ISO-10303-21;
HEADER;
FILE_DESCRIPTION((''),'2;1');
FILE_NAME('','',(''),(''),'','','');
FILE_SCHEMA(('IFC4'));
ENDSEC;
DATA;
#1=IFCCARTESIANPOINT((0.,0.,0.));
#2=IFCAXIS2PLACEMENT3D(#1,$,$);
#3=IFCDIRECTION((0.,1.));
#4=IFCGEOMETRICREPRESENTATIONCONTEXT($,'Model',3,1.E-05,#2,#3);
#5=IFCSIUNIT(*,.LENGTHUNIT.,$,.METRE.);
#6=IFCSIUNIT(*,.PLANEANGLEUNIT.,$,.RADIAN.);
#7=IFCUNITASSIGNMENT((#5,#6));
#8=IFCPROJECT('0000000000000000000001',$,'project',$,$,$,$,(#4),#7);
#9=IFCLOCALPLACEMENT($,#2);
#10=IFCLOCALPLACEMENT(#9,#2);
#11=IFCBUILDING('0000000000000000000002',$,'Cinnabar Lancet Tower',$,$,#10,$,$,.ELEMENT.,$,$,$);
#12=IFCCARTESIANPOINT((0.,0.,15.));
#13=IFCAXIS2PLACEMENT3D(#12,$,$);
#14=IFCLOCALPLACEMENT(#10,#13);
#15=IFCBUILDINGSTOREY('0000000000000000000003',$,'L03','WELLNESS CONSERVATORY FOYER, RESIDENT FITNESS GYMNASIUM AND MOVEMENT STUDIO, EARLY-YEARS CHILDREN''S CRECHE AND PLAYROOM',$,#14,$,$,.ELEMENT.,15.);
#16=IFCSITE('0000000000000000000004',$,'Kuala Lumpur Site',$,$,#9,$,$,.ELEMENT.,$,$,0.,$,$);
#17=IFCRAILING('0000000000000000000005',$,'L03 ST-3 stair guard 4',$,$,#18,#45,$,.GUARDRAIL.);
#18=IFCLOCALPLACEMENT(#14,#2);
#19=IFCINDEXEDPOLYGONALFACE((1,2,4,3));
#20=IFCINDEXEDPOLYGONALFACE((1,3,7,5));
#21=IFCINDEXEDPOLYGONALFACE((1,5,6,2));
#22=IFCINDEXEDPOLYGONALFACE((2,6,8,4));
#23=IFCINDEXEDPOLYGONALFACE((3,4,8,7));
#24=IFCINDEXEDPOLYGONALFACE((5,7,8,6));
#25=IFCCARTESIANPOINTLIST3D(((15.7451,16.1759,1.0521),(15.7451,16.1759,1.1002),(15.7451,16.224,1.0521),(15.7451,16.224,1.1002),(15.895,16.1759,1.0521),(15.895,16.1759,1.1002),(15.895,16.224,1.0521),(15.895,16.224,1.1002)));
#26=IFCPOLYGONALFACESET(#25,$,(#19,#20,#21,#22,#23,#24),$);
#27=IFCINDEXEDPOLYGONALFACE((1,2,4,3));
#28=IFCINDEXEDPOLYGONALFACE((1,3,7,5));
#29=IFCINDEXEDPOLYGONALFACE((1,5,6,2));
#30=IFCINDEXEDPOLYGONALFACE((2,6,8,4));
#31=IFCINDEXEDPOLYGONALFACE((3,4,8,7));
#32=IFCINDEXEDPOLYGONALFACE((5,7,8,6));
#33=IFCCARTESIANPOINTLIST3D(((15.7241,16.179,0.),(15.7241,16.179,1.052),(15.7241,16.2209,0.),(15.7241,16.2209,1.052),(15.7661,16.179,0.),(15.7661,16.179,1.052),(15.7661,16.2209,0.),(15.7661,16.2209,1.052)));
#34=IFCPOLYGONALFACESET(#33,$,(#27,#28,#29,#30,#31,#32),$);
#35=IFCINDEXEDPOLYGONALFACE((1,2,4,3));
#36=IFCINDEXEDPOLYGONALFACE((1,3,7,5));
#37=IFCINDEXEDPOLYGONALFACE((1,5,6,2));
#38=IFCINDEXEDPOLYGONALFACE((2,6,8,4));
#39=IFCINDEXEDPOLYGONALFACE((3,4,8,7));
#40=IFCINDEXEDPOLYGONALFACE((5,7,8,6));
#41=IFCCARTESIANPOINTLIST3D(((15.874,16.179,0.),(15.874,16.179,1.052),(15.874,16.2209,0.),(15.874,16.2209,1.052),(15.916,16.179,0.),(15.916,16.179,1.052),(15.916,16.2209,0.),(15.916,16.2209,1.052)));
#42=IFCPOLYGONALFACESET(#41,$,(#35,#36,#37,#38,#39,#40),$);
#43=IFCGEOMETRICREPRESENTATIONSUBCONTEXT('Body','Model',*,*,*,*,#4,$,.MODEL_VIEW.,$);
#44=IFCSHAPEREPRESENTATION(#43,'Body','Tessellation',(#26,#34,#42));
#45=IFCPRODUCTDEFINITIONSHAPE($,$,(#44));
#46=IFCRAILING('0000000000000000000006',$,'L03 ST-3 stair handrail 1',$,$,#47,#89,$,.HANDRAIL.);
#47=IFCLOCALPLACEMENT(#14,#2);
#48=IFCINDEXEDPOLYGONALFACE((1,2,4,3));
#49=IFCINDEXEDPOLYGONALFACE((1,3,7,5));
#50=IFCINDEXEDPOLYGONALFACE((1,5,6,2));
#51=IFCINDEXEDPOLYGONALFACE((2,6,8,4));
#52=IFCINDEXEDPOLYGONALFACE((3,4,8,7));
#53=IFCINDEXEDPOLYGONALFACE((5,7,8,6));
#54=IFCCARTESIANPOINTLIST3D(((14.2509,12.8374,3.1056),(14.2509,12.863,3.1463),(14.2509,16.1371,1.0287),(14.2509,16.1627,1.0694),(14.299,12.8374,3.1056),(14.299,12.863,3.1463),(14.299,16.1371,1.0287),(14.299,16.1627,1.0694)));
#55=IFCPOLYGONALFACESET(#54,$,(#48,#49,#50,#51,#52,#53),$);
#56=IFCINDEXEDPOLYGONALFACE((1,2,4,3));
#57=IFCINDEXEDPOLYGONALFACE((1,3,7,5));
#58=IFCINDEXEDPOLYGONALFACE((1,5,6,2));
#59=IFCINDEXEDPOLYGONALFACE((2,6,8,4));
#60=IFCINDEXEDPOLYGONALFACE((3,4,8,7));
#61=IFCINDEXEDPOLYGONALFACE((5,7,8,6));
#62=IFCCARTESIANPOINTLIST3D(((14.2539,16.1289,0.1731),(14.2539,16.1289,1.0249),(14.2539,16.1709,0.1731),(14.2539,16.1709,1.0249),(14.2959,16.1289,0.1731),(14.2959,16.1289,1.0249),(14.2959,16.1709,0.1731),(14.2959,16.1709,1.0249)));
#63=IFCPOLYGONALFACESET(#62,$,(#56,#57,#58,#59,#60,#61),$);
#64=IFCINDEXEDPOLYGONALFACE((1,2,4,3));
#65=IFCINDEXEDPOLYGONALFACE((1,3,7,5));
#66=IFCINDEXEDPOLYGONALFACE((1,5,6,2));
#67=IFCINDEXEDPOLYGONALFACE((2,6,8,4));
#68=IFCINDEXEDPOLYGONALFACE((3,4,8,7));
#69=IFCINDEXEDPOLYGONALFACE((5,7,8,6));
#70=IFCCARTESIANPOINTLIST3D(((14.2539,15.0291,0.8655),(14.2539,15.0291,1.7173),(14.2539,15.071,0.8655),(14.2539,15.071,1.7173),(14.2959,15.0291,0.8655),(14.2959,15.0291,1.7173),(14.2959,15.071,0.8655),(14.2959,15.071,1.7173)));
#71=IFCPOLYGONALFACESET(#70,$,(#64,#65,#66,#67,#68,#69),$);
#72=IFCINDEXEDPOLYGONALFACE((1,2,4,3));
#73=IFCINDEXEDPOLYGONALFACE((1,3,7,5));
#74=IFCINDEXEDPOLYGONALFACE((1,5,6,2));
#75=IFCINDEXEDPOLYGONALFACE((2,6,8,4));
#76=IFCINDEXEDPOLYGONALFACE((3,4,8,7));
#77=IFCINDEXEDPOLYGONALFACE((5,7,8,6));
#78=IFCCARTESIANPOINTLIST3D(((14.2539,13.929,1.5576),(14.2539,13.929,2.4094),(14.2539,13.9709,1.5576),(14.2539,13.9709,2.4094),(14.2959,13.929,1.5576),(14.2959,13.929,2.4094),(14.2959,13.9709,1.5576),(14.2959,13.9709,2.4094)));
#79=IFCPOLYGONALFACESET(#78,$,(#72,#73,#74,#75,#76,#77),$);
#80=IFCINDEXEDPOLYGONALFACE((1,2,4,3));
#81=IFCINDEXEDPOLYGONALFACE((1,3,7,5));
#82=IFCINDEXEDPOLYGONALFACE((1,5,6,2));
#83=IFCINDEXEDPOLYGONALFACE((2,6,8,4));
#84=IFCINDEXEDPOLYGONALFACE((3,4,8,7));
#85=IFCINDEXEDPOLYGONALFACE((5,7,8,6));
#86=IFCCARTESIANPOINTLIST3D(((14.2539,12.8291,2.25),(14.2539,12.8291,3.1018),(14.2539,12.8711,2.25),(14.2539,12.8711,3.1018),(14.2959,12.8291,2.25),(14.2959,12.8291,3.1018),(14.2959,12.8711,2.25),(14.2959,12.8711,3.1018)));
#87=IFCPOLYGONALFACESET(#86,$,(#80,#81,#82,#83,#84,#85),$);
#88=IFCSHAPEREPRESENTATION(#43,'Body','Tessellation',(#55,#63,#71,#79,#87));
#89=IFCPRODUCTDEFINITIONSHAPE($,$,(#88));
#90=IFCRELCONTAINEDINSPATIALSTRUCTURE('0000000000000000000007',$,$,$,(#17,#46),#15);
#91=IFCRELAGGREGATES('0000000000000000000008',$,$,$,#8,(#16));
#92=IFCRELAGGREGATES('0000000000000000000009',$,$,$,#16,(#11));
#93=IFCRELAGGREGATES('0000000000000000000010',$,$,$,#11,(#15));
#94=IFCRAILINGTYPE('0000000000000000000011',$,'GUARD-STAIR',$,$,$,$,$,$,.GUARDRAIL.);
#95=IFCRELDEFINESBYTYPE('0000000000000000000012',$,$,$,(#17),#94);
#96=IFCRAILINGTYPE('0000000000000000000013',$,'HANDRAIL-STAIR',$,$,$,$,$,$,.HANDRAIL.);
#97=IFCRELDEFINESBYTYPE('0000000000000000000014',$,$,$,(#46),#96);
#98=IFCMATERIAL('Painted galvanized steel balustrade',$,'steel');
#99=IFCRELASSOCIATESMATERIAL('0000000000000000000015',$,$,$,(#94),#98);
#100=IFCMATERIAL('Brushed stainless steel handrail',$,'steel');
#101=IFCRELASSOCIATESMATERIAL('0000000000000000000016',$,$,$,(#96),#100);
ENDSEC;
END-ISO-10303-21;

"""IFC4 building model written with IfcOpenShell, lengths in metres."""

from ifc_helpers import new_model, si_unit, direction, frame, origin, origin_2d, place, context, subcontext, project, spatial, rectangle, extrude, material, type_object, element, save


model = new_model("IFC4")

# Units and contexts
model_context = context("Model", 3, precision=1e-05, world=origin(), true_north=direction((0.0, 1.0)))
body_context = subcontext(model_context, "Body", "Model", "MODEL_VIEW")
ifc_project = project(units=[si_unit("LENGTHUNIT", "METRE"), si_unit("PLANEANGLEUNIT", "RADIAN")], contexts=[model_context])

# Site, building, storey
site_placement = place(None, origin())
site = spatial("IfcSite", under=ifc_project, at=site_placement, Name="Kuala Lumpur Site", CompositionType="ELEMENT", RefElevation=0.0)
building_placement = place(site_placement, origin())
building = spatial("IfcBuilding", under=site, at=building_placement, Name="Cinnabar Lancet Tower", CompositionType="ELEMENT")
storey_placement = place(building_placement, frame((0.0, 0.0, 15.0)))
storey = spatial("IfcBuildingStorey", under=building, at=storey_placement, Name="L03", Description="WELLNESS CONSERVATORY FOYER, RESIDENT FITNESS GYMNASIUM AND MOVEMENT STUDIO, EARLY-YEARS CHILDREN'S CRECHE AND PLAYROOM", CompositionType="ELEMENT", Elevation=15.0)

# Railings
ifc_material_1 = material(Name="Painted galvanized steel balustrade", Category="steel")
railing_type_1 = type_object("IfcRailingType", Name="GUARD-STAIR", PredefinedType="GUARDRAIL", material=ifc_material_1)
for number, where, name in (
    (1, (15.7451, 16.2, 0.0), "L03 ST-3 stair guard 4"),
):
    element("IfcRailing", number, at=place(storey_placement, frame(where)), inside=storey, type_object=railing_type_1, Name=name, PredefinedType="GUARDRAIL", context=body_context, shape_type="SweptSolid", body=[
        extrude(rectangle(XDim=0.0481, YDim=0.0481, at=origin_2d()), frame((0.0, 0.0, 1.0762), z_axis=(1.0, 0.0, 0.0), x_axis=(0.0, 1.0, 0.0)), (0.0, 0.0, 1.0), 0.1499),
        extrude(rectangle(XDim=0.042, YDim=0.042, at=origin_2d()), origin(), (0.0, 0.0, 1.0), 1.052),
        extrude(rectangle(XDim=0.042, YDim=0.042, at=origin_2d()), frame((0.1499, 0.0, 0.0)), (0.0, 0.0, 1.0), 1.052),
    ])
ifc_material_2 = material(Name="Brushed stainless steel handrail", Category="steel")
railing_type_2 = type_object("IfcRailingType", Name="HANDRAIL-STAIR", PredefinedType="HANDRAIL", material=ifc_material_2)
railing_1_placement = place(storey_placement, frame((14.2749, 16.1499, 0.1731)))
element("IfcRailing", 2, at=railing_1_placement, inside=storey, type_object=railing_type_2, Name="L03 ST-3 stair handrail 1", PredefinedType="HANDRAIL", context=body_context, shape_type="SweptSolid", body=[
    extrude(rectangle(XDim=0.0481, YDim=0.0481, at=origin_2d()), frame((0.0, 0.0, 0.876), z_axis=(0.0, -0.84632, 0.532675), x_axis=(1.0, 0.0, 0.0)), (0.0, 0.0, 1.0), 3.8989),
    extrude(rectangle(XDim=0.042, YDim=0.042, at=origin_2d()), origin(), (0.0, 0.0, 1.0), 0.8518),
    extrude(rectangle(XDim=0.042, YDim=0.042, at=origin_2d()), frame((0.0, -1.0999, 0.6924)), (0.0, 0.0, 1.0), 0.8518),
    extrude(rectangle(XDim=0.042, YDim=0.042, at=origin_2d()), frame((0.0, -2.2, 1.3845)), (0.0, 0.0, 1.0), 0.8518),
    extrude(rectangle(XDim=0.042, YDim=0.042, at=origin_2d()), frame((0.0, -3.2998, 2.0769)), (0.0, 0.0, 1.0), 0.8518),
])

save(model, "model.ifc")
